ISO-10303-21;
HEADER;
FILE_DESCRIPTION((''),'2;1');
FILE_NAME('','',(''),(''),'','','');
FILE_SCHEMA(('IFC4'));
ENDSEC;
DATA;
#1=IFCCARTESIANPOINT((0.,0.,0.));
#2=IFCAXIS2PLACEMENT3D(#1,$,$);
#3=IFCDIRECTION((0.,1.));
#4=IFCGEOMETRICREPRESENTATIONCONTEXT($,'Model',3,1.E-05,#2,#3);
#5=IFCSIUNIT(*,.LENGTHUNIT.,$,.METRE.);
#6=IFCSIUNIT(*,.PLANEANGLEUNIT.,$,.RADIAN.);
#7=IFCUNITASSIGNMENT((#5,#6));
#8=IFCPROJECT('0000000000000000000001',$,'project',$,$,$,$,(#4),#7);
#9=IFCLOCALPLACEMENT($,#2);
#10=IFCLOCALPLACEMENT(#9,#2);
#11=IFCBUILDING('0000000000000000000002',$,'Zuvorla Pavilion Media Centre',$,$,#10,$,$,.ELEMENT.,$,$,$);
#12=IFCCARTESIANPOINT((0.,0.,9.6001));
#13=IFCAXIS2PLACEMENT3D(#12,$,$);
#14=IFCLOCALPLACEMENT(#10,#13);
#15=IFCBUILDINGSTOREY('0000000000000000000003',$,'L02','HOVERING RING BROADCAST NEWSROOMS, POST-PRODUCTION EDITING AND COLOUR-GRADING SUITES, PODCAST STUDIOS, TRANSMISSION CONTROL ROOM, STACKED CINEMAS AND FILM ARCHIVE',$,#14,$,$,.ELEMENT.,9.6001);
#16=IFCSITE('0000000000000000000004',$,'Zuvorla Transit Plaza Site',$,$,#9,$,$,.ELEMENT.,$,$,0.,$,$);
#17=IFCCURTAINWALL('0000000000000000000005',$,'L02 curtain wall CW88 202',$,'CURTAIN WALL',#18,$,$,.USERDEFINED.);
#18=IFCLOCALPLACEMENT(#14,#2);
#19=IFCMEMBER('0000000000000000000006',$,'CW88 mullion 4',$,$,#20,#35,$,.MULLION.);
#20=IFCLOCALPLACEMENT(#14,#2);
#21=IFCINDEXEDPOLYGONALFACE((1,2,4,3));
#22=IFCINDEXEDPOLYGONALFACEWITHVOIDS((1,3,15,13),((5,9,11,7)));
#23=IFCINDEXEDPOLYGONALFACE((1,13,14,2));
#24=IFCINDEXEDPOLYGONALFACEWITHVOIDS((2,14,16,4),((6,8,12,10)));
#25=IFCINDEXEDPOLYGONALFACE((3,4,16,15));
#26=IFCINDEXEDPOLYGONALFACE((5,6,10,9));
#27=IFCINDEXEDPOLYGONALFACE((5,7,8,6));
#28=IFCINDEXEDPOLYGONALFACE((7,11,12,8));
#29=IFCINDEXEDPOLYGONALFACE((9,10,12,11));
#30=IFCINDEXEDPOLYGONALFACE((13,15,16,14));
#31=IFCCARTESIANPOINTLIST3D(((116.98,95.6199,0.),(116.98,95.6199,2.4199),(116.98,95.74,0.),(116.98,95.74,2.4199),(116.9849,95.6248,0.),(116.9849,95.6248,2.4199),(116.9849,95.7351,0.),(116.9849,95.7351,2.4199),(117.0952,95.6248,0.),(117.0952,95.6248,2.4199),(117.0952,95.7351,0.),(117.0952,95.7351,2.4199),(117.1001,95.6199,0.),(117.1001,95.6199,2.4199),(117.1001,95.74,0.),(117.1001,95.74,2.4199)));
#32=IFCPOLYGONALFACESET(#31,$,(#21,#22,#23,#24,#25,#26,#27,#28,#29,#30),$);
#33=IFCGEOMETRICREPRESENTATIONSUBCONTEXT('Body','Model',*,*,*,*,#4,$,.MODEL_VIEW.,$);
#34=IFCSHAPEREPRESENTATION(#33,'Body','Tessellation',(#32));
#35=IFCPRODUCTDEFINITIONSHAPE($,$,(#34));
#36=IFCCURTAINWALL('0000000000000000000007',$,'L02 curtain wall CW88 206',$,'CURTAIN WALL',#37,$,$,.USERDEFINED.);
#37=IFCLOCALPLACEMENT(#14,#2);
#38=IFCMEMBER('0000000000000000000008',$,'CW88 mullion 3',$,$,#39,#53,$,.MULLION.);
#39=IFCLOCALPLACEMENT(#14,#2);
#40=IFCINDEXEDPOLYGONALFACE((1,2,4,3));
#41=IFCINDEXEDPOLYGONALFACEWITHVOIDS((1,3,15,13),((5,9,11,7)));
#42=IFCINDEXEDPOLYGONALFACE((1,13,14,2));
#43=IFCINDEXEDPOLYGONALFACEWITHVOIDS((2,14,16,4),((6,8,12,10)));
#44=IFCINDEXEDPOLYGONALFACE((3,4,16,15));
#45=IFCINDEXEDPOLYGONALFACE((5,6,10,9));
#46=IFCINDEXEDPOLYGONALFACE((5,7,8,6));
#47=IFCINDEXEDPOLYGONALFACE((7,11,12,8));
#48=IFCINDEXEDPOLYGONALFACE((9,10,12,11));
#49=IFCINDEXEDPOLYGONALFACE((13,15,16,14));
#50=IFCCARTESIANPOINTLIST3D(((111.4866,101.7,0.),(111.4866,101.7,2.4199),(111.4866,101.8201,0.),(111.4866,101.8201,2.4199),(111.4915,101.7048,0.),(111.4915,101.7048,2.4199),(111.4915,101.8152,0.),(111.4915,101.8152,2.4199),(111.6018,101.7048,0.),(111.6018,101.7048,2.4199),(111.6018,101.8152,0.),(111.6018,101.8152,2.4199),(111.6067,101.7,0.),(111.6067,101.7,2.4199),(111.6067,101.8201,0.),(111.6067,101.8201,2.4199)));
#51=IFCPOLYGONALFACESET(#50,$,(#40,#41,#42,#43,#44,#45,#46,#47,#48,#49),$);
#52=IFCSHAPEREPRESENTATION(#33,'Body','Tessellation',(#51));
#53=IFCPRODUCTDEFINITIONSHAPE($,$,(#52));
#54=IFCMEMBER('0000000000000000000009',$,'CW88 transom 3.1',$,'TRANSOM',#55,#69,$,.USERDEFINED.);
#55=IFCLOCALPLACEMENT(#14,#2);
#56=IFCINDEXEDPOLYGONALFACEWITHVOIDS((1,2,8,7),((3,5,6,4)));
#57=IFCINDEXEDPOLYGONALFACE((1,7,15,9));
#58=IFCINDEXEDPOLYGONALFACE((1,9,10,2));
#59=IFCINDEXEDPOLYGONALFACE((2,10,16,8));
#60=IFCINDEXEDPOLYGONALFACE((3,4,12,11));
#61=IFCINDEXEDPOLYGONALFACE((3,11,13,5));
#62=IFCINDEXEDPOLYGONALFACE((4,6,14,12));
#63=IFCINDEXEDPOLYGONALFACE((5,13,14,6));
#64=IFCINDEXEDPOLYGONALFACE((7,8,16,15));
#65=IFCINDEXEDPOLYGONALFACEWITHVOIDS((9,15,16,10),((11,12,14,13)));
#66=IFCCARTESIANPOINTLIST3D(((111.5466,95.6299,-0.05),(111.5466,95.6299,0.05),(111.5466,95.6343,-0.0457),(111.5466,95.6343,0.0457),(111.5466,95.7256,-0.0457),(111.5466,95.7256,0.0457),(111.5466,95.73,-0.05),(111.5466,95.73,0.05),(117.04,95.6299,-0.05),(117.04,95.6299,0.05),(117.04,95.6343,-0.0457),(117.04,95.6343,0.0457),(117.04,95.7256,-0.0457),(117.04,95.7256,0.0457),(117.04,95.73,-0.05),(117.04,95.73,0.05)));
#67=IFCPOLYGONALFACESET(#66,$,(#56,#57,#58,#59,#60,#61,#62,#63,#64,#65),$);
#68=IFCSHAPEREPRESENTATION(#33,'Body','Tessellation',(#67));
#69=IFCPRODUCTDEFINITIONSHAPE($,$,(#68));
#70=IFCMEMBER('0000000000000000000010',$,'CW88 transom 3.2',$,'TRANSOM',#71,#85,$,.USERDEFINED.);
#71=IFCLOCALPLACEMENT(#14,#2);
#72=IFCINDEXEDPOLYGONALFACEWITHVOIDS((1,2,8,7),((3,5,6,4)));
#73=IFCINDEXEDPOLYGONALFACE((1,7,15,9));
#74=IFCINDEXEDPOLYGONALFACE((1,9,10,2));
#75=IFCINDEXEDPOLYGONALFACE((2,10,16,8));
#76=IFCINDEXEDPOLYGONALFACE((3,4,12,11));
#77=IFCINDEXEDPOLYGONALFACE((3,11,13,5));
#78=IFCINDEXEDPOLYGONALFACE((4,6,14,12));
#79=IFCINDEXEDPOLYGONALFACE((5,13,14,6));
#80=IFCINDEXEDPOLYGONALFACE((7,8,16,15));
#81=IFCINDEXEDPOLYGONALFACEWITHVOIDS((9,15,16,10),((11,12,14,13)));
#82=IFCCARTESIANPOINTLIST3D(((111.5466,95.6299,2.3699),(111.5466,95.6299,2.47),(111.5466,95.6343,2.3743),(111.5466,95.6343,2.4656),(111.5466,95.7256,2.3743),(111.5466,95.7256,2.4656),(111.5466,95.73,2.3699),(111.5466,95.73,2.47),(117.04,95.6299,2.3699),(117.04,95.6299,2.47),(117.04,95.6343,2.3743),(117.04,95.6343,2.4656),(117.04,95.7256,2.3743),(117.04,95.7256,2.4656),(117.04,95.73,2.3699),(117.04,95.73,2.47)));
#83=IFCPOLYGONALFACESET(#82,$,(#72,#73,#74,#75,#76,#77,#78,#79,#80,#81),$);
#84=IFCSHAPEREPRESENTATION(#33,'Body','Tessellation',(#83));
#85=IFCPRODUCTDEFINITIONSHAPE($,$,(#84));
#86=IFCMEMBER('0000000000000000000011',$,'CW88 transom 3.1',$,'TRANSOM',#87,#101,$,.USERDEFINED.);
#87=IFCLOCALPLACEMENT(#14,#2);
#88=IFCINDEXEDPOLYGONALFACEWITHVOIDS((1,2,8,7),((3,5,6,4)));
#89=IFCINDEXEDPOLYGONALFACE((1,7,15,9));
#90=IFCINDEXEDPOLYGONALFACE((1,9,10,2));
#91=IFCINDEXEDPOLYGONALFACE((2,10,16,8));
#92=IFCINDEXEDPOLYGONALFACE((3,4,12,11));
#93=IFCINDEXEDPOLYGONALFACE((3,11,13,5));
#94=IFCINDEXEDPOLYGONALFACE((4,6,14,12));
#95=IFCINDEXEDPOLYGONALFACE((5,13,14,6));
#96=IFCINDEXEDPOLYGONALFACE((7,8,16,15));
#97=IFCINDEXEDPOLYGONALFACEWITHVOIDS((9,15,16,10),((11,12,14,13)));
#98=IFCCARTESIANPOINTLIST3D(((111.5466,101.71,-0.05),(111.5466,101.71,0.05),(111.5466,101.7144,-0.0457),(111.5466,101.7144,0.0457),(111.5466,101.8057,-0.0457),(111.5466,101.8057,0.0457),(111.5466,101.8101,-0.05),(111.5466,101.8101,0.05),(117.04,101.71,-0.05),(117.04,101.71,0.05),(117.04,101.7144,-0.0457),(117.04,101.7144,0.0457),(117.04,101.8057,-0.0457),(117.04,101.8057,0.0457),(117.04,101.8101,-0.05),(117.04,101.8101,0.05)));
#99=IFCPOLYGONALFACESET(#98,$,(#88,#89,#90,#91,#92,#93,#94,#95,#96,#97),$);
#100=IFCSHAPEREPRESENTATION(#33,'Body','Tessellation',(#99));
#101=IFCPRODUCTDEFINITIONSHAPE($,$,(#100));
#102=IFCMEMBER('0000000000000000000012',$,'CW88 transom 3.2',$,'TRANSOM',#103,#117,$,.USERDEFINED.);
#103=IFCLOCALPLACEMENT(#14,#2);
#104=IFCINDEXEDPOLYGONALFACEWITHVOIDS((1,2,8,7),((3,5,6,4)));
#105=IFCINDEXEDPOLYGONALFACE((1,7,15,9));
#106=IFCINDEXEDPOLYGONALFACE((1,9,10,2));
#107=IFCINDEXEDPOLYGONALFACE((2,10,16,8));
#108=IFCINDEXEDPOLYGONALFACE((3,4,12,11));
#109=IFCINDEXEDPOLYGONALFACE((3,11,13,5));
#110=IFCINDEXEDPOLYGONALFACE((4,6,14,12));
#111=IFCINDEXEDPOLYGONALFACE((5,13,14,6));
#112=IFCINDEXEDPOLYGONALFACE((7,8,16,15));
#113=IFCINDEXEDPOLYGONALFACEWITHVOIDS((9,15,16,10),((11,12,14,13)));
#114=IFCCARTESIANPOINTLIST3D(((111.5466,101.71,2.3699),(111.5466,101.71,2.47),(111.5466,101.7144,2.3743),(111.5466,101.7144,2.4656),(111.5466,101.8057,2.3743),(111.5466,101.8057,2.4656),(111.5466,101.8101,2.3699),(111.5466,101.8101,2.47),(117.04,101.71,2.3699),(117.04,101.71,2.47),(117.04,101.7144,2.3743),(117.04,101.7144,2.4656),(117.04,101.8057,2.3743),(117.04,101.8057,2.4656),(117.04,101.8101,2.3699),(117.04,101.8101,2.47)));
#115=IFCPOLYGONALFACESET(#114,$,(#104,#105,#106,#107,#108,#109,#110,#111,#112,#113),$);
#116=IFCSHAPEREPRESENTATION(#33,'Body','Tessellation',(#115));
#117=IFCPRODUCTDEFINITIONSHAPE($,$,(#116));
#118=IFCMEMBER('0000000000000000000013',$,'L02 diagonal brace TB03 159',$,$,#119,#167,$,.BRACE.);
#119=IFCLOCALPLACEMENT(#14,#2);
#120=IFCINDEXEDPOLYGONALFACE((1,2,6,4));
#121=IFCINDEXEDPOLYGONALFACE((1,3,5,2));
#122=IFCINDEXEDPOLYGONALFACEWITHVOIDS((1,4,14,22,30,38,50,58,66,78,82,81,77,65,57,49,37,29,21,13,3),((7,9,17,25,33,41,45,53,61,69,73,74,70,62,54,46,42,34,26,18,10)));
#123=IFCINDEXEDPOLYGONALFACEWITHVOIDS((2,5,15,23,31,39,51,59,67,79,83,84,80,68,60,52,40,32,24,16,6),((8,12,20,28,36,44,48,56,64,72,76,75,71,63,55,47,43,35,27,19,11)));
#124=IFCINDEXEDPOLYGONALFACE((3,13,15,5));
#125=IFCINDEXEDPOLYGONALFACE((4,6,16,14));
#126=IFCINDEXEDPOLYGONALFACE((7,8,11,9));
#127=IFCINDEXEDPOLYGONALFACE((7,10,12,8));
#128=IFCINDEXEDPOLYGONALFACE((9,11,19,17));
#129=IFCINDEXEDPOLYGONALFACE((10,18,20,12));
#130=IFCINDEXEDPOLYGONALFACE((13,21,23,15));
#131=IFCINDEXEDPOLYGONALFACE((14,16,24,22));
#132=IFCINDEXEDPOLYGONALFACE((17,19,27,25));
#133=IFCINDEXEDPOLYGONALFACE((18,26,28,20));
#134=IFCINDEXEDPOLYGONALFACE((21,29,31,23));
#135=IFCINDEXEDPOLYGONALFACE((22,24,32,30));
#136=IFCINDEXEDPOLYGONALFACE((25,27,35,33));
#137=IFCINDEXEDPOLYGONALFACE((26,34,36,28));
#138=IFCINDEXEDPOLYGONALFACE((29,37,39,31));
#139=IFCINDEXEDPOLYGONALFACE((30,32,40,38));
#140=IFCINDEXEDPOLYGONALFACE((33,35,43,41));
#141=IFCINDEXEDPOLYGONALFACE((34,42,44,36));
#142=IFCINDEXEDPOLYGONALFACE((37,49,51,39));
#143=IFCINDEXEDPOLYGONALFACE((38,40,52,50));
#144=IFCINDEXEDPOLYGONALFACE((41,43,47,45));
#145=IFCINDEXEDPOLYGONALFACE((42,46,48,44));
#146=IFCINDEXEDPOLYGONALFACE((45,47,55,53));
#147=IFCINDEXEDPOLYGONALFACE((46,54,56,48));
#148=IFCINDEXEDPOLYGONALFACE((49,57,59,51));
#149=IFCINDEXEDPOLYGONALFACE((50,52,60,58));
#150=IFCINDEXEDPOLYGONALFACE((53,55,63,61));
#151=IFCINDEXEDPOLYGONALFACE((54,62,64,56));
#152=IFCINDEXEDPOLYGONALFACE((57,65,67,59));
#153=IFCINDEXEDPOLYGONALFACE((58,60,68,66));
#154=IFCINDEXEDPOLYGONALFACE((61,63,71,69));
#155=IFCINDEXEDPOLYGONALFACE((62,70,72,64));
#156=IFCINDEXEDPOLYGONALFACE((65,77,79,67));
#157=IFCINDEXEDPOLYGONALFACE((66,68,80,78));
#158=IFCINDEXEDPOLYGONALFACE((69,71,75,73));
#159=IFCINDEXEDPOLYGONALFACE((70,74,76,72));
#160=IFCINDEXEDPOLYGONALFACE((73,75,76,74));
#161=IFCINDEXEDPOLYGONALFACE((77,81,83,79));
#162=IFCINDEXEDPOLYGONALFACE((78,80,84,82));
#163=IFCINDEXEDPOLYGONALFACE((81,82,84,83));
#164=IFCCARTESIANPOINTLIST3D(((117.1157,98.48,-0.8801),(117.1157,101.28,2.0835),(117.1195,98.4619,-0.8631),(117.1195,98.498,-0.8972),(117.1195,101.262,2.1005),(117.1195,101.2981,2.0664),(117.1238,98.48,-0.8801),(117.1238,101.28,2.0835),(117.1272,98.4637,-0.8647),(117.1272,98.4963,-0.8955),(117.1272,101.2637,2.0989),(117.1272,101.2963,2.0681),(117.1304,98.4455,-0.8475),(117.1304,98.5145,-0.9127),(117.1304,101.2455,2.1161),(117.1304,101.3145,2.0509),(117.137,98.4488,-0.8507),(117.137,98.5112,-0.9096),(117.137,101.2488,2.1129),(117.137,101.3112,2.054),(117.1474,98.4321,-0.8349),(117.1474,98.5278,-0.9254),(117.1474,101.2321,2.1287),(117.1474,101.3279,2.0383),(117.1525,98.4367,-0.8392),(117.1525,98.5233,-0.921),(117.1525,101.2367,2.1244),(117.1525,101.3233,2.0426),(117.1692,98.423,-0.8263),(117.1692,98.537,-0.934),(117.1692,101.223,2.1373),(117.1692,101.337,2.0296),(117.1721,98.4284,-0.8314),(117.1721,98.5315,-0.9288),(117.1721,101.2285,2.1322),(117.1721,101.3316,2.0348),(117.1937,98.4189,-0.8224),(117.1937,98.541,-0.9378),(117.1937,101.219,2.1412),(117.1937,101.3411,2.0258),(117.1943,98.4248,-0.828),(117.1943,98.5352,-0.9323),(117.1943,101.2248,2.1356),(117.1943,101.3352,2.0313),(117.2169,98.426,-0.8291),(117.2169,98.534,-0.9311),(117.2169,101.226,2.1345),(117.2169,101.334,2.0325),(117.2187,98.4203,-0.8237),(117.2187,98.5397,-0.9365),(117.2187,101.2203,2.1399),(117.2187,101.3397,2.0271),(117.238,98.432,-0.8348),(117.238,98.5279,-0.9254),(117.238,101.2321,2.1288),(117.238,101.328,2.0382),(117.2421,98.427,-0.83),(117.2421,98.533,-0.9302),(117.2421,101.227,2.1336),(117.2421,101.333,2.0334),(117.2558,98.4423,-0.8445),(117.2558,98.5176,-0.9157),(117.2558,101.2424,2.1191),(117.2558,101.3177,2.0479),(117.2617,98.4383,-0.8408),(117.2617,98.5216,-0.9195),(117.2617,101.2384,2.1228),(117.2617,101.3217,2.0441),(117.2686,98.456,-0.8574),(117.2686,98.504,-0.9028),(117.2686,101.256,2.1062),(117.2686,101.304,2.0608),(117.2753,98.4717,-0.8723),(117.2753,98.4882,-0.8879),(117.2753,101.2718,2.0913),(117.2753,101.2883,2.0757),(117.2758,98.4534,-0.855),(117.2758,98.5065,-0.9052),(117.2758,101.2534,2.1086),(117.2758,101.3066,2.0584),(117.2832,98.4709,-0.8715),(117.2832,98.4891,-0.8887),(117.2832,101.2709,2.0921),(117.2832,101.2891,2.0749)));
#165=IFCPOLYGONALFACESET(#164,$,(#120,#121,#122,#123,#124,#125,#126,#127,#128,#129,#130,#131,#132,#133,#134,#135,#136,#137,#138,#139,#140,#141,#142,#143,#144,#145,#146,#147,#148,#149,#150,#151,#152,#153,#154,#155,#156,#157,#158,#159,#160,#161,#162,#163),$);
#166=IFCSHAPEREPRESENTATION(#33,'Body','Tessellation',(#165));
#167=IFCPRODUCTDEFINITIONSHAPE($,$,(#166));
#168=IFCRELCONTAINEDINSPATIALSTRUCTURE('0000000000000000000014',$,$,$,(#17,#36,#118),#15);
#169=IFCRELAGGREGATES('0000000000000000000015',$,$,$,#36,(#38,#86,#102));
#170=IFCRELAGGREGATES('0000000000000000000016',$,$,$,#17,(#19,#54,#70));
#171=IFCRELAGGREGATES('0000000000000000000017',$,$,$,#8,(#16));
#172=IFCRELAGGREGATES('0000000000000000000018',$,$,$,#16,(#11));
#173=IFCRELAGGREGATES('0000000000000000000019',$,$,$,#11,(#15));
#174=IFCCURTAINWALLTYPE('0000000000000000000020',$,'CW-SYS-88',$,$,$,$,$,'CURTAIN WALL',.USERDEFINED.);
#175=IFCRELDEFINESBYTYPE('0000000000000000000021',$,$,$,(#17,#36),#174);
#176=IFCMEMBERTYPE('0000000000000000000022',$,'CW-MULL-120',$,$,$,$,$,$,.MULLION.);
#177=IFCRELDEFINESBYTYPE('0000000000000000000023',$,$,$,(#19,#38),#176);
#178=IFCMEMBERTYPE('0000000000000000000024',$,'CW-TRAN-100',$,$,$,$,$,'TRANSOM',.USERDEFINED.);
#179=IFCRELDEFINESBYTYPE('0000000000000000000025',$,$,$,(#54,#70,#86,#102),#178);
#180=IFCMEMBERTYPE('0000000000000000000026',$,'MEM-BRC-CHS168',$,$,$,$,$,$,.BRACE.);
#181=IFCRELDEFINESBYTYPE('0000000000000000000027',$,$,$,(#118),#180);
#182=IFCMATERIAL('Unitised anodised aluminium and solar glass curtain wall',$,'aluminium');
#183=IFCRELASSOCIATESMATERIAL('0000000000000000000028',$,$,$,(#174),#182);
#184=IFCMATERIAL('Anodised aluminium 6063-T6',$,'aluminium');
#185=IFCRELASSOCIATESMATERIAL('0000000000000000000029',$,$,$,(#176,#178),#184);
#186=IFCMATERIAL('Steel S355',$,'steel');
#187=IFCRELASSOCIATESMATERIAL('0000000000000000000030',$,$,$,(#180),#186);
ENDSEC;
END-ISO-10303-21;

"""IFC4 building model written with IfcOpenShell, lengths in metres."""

from ifc_helpers import new_model, si_unit, direction, frame, origin, origin_2d, place, context, subcontext, project, spatial, hollow_rectangle, hollow_circle, extrude, material, material_profile, profile_set, type_object, element, aggregate, save


model = new_model("IFC4")

# Units and contexts
model_context = context("Model", 3, precision=1e-05, world=origin(), true_north=direction((0.0, 1.0)))
body_context = subcontext(model_context, "Body", "Model", "MODEL_VIEW")
ifc_project = project(units=[si_unit("LENGTHUNIT", "METRE"), si_unit("PLANEANGLEUNIT", "RADIAN")], contexts=[model_context])

# Site, building, storey
site_placement = place(None, origin())
site = spatial("IfcSite", under=ifc_project, at=site_placement, Name="Zuvorla Transit Plaza Site", CompositionType="ELEMENT", RefElevation=0.0)
building_placement = place(site_placement, origin())
building = spatial("IfcBuilding", under=site, at=building_placement, Name="Zuvorla Pavilion Media Centre", CompositionType="ELEMENT")
storey_placement = place(building_placement, frame((0.0, 0.0, 9.6001)))
storey = spatial("IfcBuildingStorey", under=building, at=storey_placement, Name="L02", Description="HOVERING RING BROADCAST NEWSROOMS, POST-PRODUCTION EDITING AND COLOUR-GRADING SUITES, PODCAST STUDIOS, TRANSMISSION CONTROL ROOM, STACKED CINEMAS AND FILM ARCHIVE", CompositionType="ELEMENT", Elevation=9.6001)

# Curtain walls, members
ifc_material_1 = material(Name="Unitised anodised aluminium and solar glass curtain wall", Category="aluminium")
curtain_wall_type = type_object("IfcCurtainWallType", Name="CW-SYS-88", ElementType="CURTAIN WALL", PredefinedType="USERDEFINED", material=ifc_material_1)
curtain_wall_1_placement = place(storey_placement, origin())
curtain_wall_1 = element("IfcCurtainWall", 1, at=curtain_wall_1_placement, inside=storey, type_object=curtain_wall_type, Name="L02 curtain wall CW88 202", ObjectType="CURTAIN WALL", PredefinedType="USERDEFINED")
ifc_material_2 = material(Name="Anodised aluminium 6063-T6", Category="aluminium")
ifc_material_profile_1 = material_profile(ifc_material_2, hollow_rectangle(XDim=0.1201, YDim=0.1201, WallThickness=0.0049, at=origin_2d()), Name="ALU MULL 120x120")
ifc_profile_set_1 = profile_set([ifc_material_profile_1], Name="Anodised aluminium 6063-T6")
member_type_1 = type_object("IfcMemberType", Name="CW-MULL-120", PredefinedType="MULLION", material=ifc_profile_set_1)
member_1_placement = place(storey_placement, frame((117.04, 95.6799, 0.0), z_axis=(0.0, 0.0, 1.0), x_axis=(1.0, 0.0, 0.0)))
member_1 = element("IfcMember", 2, at=member_1_placement, type_object=member_type_1, Name="CW88 mullion 4", PredefinedType="MULLION", context=body_context, shape_type="SweptSolid", body=[
    extrude(hollow_rectangle(XDim=0.1201, YDim=0.1201, WallThickness=0.0049, at=origin_2d()), origin(), (0.0, 0.0, 1.0), 2.4199),
])
curtain_wall_2_placement = place(storey_placement, origin())
curtain_wall_2 = element("IfcCurtainWall", 3, at=curtain_wall_2_placement, inside=storey, type_object=curtain_wall_type, Name="L02 curtain wall CW88 206", ObjectType="CURTAIN WALL", PredefinedType="USERDEFINED")
member_2_placement = place(storey_placement, frame((111.5466, 101.76, 0.0), z_axis=(0.0, 0.0, 1.0), x_axis=(1.0, 0.0, 0.0)))
member_2 = element("IfcMember", 4, at=member_2_placement, type_object=member_type_1, Name="CW88 mullion 3", PredefinedType="MULLION", context=body_context, shape_type="SweptSolid", body=[
    extrude(hollow_rectangle(XDim=0.1201, YDim=0.1201, WallThickness=0.0049, at=origin_2d()), origin(), (0.0, 0.0, 1.0), 2.4199),
])

# Members
ifc_material_profile_2 = material_profile(ifc_material_2, hollow_rectangle(XDim=0.1001, YDim=0.1001, WallThickness=0.0044, at=origin_2d()), Name="ALU TRAN 100x100")
ifc_profile_set_2 = profile_set([ifc_material_profile_2], Name="Anodised aluminium 6063-T6")
member_type_2 = type_object("IfcMemberType", Name="CW-TRAN-100", ElementType="TRANSOM", PredefinedType="USERDEFINED", material=ifc_profile_set_2)
member_3_placement = place(storey_placement, frame((111.5466, 95.6799, 0.0), z_axis=(1.0, 0.0, 0.0), x_axis=(0.0, 1.0, 0.0)))
member_3 = element("IfcMember", 5, at=member_3_placement, type_object=member_type_2, Name="CW88 transom 3.1", ObjectType="TRANSOM", PredefinedType="USERDEFINED", context=body_context, shape_type="SweptSolid", body=[
    extrude(hollow_rectangle(XDim=0.1001, YDim=0.1001, WallThickness=0.0044, at=origin_2d()), origin(), (0.0, 0.0, 1.0), 5.4934),
])
member_4_placement = place(storey_placement, frame((111.5466, 95.6799, 2.4199), z_axis=(1.0, 0.0, 0.0), x_axis=(0.0, 1.0, 0.0)))
member_4 = element("IfcMember", 6, at=member_4_placement, type_object=member_type_2, Name="CW88 transom 3.2", ObjectType="TRANSOM", PredefinedType="USERDEFINED", context=body_context, shape_type="SweptSolid", body=[
    extrude(hollow_rectangle(XDim=0.1001, YDim=0.1001, WallThickness=0.0044, at=origin_2d()), origin(), (0.0, 0.0, 1.0), 5.4934),
])
member_5_placement = place(storey_placement, frame((111.5466, 101.76, 0.0), z_axis=(1.0, 0.0, 0.0), x_axis=(0.0, 1.0, 0.0)))
member_5 = element("IfcMember", 7, at=member_5_placement, type_object=member_type_2, Name="CW88 transom 3.1", ObjectType="TRANSOM", PredefinedType="USERDEFINED", context=body_context, shape_type="SweptSolid", body=[
    extrude(hollow_rectangle(XDim=0.1001, YDim=0.1001, WallThickness=0.0044, at=origin_2d()), origin(), (0.0, 0.0, 1.0), 5.4934),
])
member_6_placement = place(storey_placement, frame((111.5466, 101.76, 2.4199), z_axis=(1.0, 0.0, 0.0), x_axis=(0.0, 1.0, 0.0)))
member_6 = element("IfcMember", 8, at=member_6_placement, type_object=member_type_2, Name="CW88 transom 3.2", ObjectType="TRANSOM", PredefinedType="USERDEFINED", context=body_context, shape_type="SweptSolid", body=[
    extrude(hollow_rectangle(XDim=0.1001, YDim=0.1001, WallThickness=0.0044, at=origin_2d()), origin(), (0.0, 0.0, 1.0), 5.4934),
])
aggregate(curtain_wall_2, [member_2, member_5, member_6])

# Member
ifc_material_3 = material(Name="Steel S355", Category="steel")
ifc_material_profile_3 = material_profile(ifc_material_3, hollow_circle(Radius=0.0842, WallThickness=0.0081, at=origin_2d()), Name="CHS 168.3x8")
ifc_profile_set_3 = profile_set([ifc_material_profile_3], Name="Steel S355")
member_type_3 = type_object("IfcMemberType", Name="MEM-BRC-CHS168", PredefinedType="BRACE", material=ifc_profile_set_3)
member_7_placement = place(storey_placement, frame((117.2, 98.48, -0.8801), z_axis=(0.0, 0.686762, 0.726882), x_axis=(-1.0, 0.0, 0.0)))
element("IfcMember", 9, at=member_7_placement, inside=storey, type_object=member_type_3, Name="L02 diagonal brace TB03 159", PredefinedType="BRACE", context=body_context, shape_type="SweptSolid", body=[
    extrude(hollow_circle(Radius=0.0842, WallThickness=0.0081, at=origin_2d()), origin(), (0.0, 0.0, 1.0), 4.0771),
])

aggregate(curtain_wall_1, [member_1, member_3, member_4])

save(model, "model.ifc")
